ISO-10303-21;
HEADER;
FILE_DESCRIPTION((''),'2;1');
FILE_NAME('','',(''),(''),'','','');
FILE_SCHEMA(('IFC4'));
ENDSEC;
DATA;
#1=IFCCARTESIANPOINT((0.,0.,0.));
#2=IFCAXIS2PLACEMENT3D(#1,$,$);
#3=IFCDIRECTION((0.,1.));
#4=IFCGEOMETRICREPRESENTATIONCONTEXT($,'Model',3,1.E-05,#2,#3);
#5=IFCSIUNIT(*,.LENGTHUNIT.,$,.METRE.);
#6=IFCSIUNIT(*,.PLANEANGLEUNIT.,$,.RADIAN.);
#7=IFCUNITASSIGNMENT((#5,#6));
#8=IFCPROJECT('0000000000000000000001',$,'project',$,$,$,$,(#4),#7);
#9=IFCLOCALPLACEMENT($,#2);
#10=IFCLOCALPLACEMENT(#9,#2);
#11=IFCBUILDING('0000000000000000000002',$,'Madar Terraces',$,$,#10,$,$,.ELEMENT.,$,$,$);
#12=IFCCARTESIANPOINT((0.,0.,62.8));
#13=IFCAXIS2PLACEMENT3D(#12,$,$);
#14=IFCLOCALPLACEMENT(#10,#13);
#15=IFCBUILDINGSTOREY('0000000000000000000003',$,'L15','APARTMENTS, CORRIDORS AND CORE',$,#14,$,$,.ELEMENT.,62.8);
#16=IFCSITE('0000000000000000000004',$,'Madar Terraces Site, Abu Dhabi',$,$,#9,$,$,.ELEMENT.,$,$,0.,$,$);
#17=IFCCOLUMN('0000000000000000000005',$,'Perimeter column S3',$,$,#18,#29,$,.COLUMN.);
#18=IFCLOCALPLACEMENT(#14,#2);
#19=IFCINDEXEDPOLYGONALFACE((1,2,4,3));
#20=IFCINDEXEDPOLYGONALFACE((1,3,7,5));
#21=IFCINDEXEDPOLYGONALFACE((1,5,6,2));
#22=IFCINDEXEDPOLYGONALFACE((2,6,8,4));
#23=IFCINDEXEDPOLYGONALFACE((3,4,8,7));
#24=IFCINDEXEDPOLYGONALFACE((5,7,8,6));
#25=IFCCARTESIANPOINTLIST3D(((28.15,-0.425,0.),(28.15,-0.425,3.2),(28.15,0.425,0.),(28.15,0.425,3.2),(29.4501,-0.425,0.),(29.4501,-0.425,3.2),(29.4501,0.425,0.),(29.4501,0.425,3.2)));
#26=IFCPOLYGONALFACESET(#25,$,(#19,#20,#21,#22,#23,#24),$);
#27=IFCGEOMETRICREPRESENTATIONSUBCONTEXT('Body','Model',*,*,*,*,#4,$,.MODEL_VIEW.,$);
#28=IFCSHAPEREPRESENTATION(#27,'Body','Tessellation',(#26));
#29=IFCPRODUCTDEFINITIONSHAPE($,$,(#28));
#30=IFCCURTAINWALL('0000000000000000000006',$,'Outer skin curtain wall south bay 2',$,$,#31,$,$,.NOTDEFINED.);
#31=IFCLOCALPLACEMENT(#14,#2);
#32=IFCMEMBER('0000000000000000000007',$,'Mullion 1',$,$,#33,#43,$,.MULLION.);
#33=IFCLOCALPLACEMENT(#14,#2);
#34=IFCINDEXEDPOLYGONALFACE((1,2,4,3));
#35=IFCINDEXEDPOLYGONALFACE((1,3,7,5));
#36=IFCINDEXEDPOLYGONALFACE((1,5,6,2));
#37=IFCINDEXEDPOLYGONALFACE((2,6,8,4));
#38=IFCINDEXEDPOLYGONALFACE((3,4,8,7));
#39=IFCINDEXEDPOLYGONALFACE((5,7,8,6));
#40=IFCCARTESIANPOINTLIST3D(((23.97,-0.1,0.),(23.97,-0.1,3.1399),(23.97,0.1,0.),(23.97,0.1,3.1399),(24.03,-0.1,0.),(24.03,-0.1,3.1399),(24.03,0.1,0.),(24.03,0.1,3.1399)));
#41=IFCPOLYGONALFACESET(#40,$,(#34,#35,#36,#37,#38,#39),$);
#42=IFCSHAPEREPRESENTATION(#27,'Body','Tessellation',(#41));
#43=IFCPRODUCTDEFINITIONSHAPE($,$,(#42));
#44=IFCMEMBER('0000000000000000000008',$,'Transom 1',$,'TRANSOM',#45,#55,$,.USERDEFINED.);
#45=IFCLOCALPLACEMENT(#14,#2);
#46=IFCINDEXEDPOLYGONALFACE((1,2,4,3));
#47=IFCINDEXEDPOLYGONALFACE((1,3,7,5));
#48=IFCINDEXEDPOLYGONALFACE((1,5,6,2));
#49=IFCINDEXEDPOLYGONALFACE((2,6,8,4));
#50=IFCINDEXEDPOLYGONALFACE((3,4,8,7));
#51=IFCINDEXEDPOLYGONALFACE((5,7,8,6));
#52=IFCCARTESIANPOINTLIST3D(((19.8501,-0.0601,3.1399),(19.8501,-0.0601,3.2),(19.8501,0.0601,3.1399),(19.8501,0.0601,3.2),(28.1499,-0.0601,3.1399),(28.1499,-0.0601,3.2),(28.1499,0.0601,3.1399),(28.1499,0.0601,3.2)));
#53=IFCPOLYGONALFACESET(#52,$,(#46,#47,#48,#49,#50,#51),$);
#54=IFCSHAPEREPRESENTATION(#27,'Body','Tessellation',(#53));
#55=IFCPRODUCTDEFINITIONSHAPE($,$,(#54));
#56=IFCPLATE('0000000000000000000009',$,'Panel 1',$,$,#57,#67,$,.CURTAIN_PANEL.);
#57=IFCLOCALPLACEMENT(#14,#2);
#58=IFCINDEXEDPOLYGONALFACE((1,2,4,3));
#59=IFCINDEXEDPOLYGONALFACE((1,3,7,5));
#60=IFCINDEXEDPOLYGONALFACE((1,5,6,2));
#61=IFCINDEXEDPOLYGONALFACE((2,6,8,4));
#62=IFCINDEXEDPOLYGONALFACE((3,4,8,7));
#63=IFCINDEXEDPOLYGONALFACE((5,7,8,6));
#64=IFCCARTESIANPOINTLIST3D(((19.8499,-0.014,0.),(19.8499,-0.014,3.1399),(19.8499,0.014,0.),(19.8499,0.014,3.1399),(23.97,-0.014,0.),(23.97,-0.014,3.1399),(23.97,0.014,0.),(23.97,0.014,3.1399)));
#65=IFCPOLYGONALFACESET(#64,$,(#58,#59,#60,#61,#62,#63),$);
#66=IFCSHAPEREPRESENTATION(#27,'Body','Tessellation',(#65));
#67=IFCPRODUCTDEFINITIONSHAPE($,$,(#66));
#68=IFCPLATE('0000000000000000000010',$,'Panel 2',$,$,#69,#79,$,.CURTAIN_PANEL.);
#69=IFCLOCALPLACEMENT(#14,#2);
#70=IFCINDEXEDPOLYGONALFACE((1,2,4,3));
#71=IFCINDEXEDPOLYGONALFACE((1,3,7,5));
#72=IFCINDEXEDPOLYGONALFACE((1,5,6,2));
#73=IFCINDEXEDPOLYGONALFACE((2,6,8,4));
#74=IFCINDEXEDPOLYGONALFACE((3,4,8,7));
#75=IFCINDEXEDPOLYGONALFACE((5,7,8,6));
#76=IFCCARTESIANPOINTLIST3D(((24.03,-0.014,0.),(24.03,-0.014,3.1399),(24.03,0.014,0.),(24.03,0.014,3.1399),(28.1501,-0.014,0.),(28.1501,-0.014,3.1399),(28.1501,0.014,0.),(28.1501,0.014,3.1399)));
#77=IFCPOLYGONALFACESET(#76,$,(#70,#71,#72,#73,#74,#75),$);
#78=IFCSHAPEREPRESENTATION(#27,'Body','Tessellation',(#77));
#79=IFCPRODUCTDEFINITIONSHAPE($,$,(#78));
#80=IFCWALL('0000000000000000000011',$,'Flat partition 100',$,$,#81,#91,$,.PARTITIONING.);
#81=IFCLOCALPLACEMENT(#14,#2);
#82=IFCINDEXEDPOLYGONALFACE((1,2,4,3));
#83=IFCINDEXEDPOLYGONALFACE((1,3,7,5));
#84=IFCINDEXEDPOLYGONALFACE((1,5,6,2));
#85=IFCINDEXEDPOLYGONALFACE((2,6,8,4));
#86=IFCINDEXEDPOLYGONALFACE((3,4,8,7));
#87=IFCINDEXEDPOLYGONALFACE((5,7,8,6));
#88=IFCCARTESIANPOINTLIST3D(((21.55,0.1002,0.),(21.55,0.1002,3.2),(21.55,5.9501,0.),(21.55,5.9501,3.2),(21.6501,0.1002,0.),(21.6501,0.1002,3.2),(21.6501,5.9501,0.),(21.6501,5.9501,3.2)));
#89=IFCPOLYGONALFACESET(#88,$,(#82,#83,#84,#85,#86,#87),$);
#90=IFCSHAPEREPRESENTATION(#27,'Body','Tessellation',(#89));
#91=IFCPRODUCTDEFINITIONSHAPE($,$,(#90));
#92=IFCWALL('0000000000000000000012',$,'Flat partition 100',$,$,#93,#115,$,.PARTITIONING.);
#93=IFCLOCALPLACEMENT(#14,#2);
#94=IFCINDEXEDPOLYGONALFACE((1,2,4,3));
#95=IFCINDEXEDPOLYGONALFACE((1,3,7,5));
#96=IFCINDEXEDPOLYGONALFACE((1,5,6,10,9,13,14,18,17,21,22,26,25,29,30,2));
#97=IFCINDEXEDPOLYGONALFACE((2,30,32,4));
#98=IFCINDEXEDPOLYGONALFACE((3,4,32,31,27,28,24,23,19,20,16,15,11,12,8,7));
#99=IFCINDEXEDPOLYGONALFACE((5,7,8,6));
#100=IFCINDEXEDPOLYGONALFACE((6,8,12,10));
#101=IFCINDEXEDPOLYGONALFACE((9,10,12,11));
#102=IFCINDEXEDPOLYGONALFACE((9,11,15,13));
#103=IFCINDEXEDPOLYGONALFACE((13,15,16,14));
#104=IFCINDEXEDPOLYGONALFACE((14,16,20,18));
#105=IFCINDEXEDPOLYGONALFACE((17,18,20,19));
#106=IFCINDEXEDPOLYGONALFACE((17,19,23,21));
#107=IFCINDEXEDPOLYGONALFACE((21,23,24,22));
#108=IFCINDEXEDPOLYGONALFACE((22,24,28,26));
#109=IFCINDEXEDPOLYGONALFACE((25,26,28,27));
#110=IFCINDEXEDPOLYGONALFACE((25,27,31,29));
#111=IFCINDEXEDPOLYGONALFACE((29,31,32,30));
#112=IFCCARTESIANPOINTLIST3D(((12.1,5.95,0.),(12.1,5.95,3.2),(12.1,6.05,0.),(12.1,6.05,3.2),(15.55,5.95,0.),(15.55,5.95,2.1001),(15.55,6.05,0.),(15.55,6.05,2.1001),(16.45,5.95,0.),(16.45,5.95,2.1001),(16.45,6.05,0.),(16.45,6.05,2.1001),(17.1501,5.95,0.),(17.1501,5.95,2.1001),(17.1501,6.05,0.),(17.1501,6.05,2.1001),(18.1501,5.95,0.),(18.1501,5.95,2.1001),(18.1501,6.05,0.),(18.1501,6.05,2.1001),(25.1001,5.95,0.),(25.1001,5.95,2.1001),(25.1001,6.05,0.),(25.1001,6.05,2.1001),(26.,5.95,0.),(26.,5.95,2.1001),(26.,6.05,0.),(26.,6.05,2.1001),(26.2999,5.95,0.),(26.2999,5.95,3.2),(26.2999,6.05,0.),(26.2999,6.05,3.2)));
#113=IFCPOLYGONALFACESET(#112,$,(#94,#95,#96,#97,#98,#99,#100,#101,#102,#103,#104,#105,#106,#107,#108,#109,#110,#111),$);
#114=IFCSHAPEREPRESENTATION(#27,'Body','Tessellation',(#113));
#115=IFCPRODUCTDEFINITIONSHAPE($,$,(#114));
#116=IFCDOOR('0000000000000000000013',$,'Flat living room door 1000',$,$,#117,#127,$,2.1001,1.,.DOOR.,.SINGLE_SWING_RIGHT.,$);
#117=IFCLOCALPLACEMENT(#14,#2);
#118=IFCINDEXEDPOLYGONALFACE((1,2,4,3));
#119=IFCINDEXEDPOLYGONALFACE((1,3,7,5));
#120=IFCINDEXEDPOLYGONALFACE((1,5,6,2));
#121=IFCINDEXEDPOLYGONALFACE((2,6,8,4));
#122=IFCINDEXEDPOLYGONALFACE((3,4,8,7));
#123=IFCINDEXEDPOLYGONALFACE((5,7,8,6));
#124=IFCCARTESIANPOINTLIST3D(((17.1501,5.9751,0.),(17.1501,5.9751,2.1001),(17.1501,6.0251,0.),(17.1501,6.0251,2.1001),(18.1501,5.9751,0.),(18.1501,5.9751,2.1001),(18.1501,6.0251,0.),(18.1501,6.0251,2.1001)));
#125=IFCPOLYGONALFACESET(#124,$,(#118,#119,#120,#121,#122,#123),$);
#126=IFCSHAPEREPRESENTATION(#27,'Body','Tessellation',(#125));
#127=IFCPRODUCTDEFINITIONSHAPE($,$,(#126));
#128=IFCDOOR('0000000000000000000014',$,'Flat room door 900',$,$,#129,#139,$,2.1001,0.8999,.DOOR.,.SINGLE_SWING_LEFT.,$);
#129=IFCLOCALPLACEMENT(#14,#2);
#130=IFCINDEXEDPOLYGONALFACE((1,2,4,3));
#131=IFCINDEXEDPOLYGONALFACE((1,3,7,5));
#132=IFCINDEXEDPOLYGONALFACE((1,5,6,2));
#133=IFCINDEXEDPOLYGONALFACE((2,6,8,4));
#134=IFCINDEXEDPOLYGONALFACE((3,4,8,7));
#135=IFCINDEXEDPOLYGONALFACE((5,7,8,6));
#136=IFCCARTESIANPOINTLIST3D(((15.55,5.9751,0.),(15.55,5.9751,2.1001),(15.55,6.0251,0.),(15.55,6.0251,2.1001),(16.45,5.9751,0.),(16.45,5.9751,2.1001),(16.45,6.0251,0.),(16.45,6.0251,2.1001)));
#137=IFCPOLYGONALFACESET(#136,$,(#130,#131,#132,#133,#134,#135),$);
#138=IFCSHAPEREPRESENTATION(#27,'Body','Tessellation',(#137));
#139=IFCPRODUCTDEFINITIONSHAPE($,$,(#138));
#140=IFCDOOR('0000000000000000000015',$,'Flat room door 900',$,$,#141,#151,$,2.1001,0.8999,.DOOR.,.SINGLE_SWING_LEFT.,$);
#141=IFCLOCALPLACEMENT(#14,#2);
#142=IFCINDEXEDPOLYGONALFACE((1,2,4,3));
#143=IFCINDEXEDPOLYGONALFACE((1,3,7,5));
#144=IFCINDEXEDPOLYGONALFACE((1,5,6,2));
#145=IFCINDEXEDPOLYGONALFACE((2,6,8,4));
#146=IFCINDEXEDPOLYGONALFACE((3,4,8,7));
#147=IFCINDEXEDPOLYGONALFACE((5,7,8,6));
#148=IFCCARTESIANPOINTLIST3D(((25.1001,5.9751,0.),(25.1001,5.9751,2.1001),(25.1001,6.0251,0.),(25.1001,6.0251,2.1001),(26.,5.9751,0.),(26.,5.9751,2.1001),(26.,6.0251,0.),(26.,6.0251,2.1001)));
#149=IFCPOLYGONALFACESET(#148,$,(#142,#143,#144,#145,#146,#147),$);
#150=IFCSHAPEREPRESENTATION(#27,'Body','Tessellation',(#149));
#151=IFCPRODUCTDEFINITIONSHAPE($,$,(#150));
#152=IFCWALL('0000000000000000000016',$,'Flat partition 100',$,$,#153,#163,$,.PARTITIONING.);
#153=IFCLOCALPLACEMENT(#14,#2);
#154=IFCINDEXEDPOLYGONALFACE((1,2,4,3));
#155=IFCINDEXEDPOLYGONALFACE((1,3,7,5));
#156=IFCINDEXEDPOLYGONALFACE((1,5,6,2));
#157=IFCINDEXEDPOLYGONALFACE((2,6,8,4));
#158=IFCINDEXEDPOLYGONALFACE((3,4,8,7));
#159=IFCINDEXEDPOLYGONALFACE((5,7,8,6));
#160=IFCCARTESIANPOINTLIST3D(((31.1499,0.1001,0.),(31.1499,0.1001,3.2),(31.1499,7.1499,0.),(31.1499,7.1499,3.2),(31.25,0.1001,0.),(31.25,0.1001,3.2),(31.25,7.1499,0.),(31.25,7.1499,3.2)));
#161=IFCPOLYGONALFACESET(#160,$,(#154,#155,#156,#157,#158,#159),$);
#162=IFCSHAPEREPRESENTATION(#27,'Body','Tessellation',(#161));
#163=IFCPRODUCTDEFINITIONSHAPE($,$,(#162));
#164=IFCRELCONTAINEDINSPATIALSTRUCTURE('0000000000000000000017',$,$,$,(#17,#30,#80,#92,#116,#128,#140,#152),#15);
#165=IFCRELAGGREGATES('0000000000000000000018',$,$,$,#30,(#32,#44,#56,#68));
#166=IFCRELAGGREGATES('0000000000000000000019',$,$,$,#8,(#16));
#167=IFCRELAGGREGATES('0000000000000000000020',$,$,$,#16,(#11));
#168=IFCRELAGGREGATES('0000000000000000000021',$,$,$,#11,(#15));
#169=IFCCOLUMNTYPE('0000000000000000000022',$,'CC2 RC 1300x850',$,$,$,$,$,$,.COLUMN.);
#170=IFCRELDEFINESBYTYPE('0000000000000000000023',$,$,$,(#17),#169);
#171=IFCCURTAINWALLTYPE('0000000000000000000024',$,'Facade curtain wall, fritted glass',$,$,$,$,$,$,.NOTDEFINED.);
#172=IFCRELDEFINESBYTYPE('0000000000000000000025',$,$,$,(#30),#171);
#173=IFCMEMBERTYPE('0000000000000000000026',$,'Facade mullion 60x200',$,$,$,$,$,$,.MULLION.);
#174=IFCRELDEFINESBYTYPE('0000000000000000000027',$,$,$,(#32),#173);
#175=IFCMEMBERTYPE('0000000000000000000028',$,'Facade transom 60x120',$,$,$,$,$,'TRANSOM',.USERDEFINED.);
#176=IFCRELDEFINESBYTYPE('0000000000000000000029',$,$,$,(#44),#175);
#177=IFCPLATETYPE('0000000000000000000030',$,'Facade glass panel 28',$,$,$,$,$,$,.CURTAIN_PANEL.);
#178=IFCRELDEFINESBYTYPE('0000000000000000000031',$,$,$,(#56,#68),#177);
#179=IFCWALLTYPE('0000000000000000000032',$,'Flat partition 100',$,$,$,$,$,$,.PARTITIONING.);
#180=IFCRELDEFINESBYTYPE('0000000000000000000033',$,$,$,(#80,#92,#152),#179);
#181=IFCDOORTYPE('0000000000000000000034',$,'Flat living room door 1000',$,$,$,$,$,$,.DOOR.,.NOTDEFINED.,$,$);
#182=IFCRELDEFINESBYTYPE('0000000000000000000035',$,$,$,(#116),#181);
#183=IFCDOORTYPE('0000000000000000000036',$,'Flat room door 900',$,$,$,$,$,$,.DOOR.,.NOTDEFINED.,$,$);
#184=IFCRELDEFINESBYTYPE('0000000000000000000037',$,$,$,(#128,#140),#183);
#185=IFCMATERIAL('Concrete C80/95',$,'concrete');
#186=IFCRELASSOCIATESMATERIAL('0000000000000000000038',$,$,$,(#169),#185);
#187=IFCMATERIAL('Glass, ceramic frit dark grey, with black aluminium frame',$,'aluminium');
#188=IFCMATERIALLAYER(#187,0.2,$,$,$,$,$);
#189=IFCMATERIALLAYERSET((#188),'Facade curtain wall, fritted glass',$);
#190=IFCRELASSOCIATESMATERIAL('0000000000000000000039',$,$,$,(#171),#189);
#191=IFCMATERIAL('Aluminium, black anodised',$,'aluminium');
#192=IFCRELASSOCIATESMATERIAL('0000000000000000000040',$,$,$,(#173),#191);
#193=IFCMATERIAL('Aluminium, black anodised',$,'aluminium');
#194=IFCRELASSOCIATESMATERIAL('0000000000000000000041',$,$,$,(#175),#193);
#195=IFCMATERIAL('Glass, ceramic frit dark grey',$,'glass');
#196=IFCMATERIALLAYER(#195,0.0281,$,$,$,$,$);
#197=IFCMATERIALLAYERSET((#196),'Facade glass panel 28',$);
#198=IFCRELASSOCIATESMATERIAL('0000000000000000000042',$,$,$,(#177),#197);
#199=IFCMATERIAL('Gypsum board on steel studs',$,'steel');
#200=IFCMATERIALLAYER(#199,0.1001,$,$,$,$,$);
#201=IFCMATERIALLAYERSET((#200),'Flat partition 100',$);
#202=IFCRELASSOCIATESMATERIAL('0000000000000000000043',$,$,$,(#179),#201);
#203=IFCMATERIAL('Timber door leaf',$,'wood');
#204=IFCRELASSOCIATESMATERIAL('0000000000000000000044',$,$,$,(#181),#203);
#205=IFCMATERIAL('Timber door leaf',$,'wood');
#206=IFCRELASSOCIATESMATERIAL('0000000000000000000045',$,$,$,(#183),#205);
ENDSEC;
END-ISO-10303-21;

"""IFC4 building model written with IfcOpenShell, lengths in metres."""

from ifc_helpers import new_model, si_unit, direction, frame, frame_2d, origin, origin_2d, place, context, subcontext, project, spatial, rectangle, extrude, material, layer, layer_set, material_profile, profile_set, type_object, element, fill, aggregate, save


model = new_model("IFC4")

# Units and contexts
model_context = context("Model", 3, precision=1e-05, world=origin(), true_north=direction((0.0, 1.0)))
body_context = subcontext(model_context, "Body", "Model", "MODEL_VIEW")
ifc_project = project(units=[si_unit("LENGTHUNIT", "METRE"), si_unit("PLANEANGLEUNIT", "RADIAN")], contexts=[model_context])

# Site, building, storey
site_placement = place(None, origin())
site = spatial("IfcSite", under=ifc_project, at=site_placement, Name="Madar Terraces Site, Abu Dhabi", CompositionType="ELEMENT", RefElevation=0.0)
building_placement = place(site_placement, origin())
building = spatial("IfcBuilding", under=site, at=building_placement, Name="Madar Terraces", CompositionType="ELEMENT")
storey_placement = place(building_placement, frame((0.0, 0.0, 62.8)))
storey = spatial("IfcBuildingStorey", under=building, at=storey_placement, Name="L15", Description="APARTMENTS, CORRIDORS AND CORE", CompositionType="ELEMENT", Elevation=62.8)

# Column
ifc_material_1 = material(Name="Concrete C80/95", Category="concrete")
ifc_material_profile_1 = material_profile(ifc_material_1, rectangle(XDim=1.3, YDim=0.8501, at=origin_2d()), Name="CC2 RC 1300x850")
ifc_profile_set_1 = profile_set([ifc_material_profile_1], Name="Concrete C80/95")
column_type = type_object("IfcColumnType", Name="CC2 RC 1300x850", PredefinedType="COLUMN", material=ifc_profile_set_1)
column_placement = place(storey_placement, frame((28.8, 0.0, 0.0), z_axis=(0.0, 0.0, 1.0), x_axis=(1.0, 0.0, 0.0)))
element("IfcColumn", 1, at=column_placement, inside=storey, type_object=column_type, Name="Perimeter column S3", PredefinedType="COLUMN", context=body_context, shape_type="SweptSolid", body=[
    extrude(rectangle(XDim=1.3, YDim=0.8501, at=origin_2d()), origin(), (0.0, 0.0, 1.0), 3.2),
])

# Curtain wall, members, plates
ifc_material_2 = material(Name="Glass, ceramic frit dark grey, with black aluminium frame", Category="aluminium")
ifc_layer_1 = layer(ifc_material_2, 0.2)
ifc_layer_set_1 = layer_set([ifc_layer_1], Name="Facade curtain wall, fritted glass")
curtain_wall_type = type_object("IfcCurtainWallType", Name="Facade curtain wall, fritted glass", PredefinedType="NOTDEFINED", material=ifc_layer_set_1)
curtain_wall_placement = place(storey_placement, origin())
curtain_wall = element("IfcCurtainWall", 2, at=curtain_wall_placement, inside=storey, type_object=curtain_wall_type, Name="Outer skin curtain wall south bay 2", PredefinedType="NOTDEFINED")
ifc_material_3 = material(Name="Aluminium, black anodised", Category="aluminium")
ifc_material_profile_2 = material_profile(ifc_material_3, rectangle(XDim=0.2, YDim=0.0601, at=origin_2d()), Name="Facade mullion 60x200")
ifc_profile_set_2 = profile_set([ifc_material_profile_2], Name="Aluminium, black anodised")
member_type_1 = type_object("IfcMemberType", Name="Facade mullion 60x200", PredefinedType="MULLION", material=ifc_profile_set_2)
member_1_placement = place(storey_placement, frame((24.0, 0.0, 0.0), z_axis=(0.0, 0.0, 1.0), x_axis=(0.0, 1.0, 0.0)))
member_1 = element("IfcMember", 3, at=member_1_placement, type_object=member_type_1, Name="Mullion 1", PredefinedType="MULLION", context=body_context, shape_type="SweptSolid", body=[
    extrude(rectangle(XDim=0.2, YDim=0.0601, at=origin_2d()), origin(), (0.0, 0.0, 1.0), 3.1399),
])
ifc_material_4 = material(Name="Aluminium, black anodised", Category="aluminium")
ifc_material_profile_3 = material_profile(ifc_material_4, rectangle(XDim=0.1201, YDim=0.0601, at=origin_2d()), Name="Facade transom 60x120")
ifc_profile_set_3 = profile_set([ifc_material_profile_3], Name="Aluminium, black anodised")
member_type_2 = type_object("IfcMemberType", Name="Facade transom 60x120", ElementType="TRANSOM", PredefinedType="USERDEFINED", material=ifc_profile_set_3)
member_2_placement = place(storey_placement, frame((19.8501, 0.0, 3.1699), z_axis=(1.0, 0.0, 0.0), x_axis=(0.0, 1.0, 0.0)))
member_2 = element("IfcMember", 4, at=member_2_placement, type_object=member_type_2, Name="Transom 1", ObjectType="TRANSOM", PredefinedType="USERDEFINED", context=body_context, shape_type="SweptSolid", body=[
    extrude(rectangle(XDim=0.1201, YDim=0.0601, at=origin_2d()), origin(), (0.0, 0.0, 1.0), 8.2998),
])
ifc_material_5 = material(Name="Glass, ceramic frit dark grey", Category="glass")
ifc_layer_2 = layer(ifc_material_5, 0.0281)
ifc_layer_set_2 = layer_set([ifc_layer_2], Name="Facade glass panel 28")
plate_type = type_object("IfcPlateType", Name="Facade glass panel 28", PredefinedType="CURTAIN_PANEL", material=ifc_layer_set_2)
plate_1_placement = place(storey_placement, frame((21.9099, 0.0, 0.0), z_axis=(0.0, 0.0, 1.0), x_axis=(1.0, 0.0, 0.0)))
plate_1 = element("IfcPlate", 5, at=plate_1_placement, type_object=plate_type, Name="Panel 1", PredefinedType="CURTAIN_PANEL", context=body_context, shape_type="SweptSolid", body=[
    extrude(rectangle(XDim=4.1201, YDim=0.0281, at=origin_2d()), origin(), (0.0, 0.0, 1.0), 3.1399),
])
plate_2_placement = place(storey_placement, frame((26.0901, 0.0, 0.0), z_axis=(0.0, 0.0, 1.0), x_axis=(1.0, 0.0, 0.0)))
plate_2 = element("IfcPlate", 6, at=plate_2_placement, type_object=plate_type, Name="Panel 2", PredefinedType="CURTAIN_PANEL", context=body_context, shape_type="SweptSolid", body=[
    extrude(rectangle(XDim=4.1201, YDim=0.0281, at=origin_2d()), origin(), (0.0, 0.0, 1.0), 3.1399),
])
aggregate(curtain_wall, [member_1, member_2, plate_1, plate_2])

# Wall
ifc_material_6 = material(Name="Gypsum board on steel studs", Category="steel")
ifc_layer_3 = layer(ifc_material_6, 0.1001)
ifc_layer_set_3 = layer_set([ifc_layer_3], Name="Flat partition 100")
wall_type_1 = type_object("IfcWallType", Name="Flat partition 100", PredefinedType="PARTITIONING", material=ifc_layer_set_3)
wall_1_placement = place(storey_placement, frame((21.6001, 5.95, 0.0), z_axis=(0.0, 0.0, 1.0), x_axis=(0.0, -1.0, 0.0)))
element("IfcWall", 7, at=wall_1_placement, inside=storey, type_object=wall_type_1, Name="Flat partition 100", PredefinedType="PARTITIONING", context=body_context, shape_type="SweptSolid", body=[
    extrude(rectangle(XDim=5.8499, YDim=0.1001, at=frame_2d((2.9248, 0.0))), origin(), (0.0, 0.0, 1.0), 3.2),
])

# Wall, openings, doors
wall_2_placement = place(storey_placement, frame((26.3, 6.0, 0.0), z_axis=(0.0, 0.0, 1.0), x_axis=(-1.0, 0.0, 0.0)))
wall_2 = element("IfcWall", 8, at=wall_2_placement, inside=storey, type_object=wall_type_1, Name="Flat partition 100", PredefinedType="PARTITIONING", context=body_context, shape_type="SweptSolid", body=[
    extrude(rectangle(XDim=14.2, YDim=0.1001, at=frame_2d((7.1001, 0.0))), origin(), (0.0, 0.0, 1.0), 3.2),
])
opening_1_placement = place(wall_2_placement, frame((9.8501, 0.0, 0.0)))
opening_1 = element("IfcOpeningElement", 9, at=opening_1_placement, cuts=wall_2, PredefinedType="OPENING", context=body_context, shape_type="SweptSolid", body=[
    extrude(rectangle(XDim=0.8999, YDim=2.1001, at=frame_2d((0.45, 1.05))), frame((0.0, 0.0601, 0.0), z_axis=(0.0, -1.0, 0.0), x_axis=(1.0, 0.0, 0.0)), (0.0, 0.0, 1.0), 0.1201),
])
opening_2_placement = place(wall_2_placement, frame((8.1499, 0.0, 0.0)))
opening_2 = element("IfcOpeningElement", 10, at=opening_2_placement, cuts=wall_2, PredefinedType="OPENING", context=body_context, shape_type="SweptSolid", body=[
    extrude(rectangle(XDim=1.0, YDim=2.1001, at=frame_2d((0.5, 1.05))), frame((0.0, 0.0601, 0.0), z_axis=(0.0, -1.0, 0.0), x_axis=(1.0, 0.0, 0.0)), (0.0, 0.0, 1.0), 0.1201),
])
opening_3_placement = place(wall_2_placement, frame((0.3, 0.0, 0.0)))
opening_3 = element("IfcOpeningElement", 11, at=opening_3_placement, cuts=wall_2, PredefinedType="OPENING", context=body_context, shape_type="SweptSolid", body=[
    extrude(rectangle(XDim=0.8999, YDim=2.1001, at=frame_2d((0.45, 1.05))), frame((0.0, 0.0601, 0.0), z_axis=(0.0, -1.0, 0.0), x_axis=(1.0, 0.0, 0.0)), (0.0, 0.0, 1.0), 0.1201),
])
ifc_material_7 = material(Name="Timber door leaf", Category="wood")
door_type_1 = type_object("IfcDoorType", Name="Flat living room door 1000", OperationType="NOTDEFINED", PredefinedType="DOOR", material=ifc_material_7)
door_1_placement = place(opening_2_placement, origin())
door_1 = element("IfcDoor", 12, at=door_1_placement, inside=storey, type_object=door_type_1, Name="Flat living room door 1000", OperationType="SINGLE_SWING_RIGHT", OverallHeight=2.1001, OverallWidth=1.0, PredefinedType="DOOR", context=body_context, shape_type="SweptSolid", body=[
    extrude(rectangle(XDim=1.0, YDim=2.1001, at=frame_2d((0.5, 1.05))), frame((0.0, 0.0249, 0.0), z_axis=(0.0, -1.0, 0.0), x_axis=(1.0, 0.0, 0.0)), (0.0, 0.0, 1.0), 0.05),
])
fill(opening_2, door_1)
ifc_material_8 = material(Name="Timber door leaf", Category="wood")
door_type_2 = type_object("IfcDoorType", Name="Flat room door 900", OperationType="NOTDEFINED", PredefinedType="DOOR", material=ifc_material_8)
door_2_placement = place(opening_1_placement, origin())
door_2 = element("IfcDoor", 13, at=door_2_placement, inside=storey, type_object=door_type_2, Name="Flat room door 900", OperationType="SINGLE_SWING_LEFT", OverallHeight=2.1001, OverallWidth=0.8999, PredefinedType="DOOR", context=body_context, shape_type="SweptSolid", body=[
    extrude(rectangle(XDim=0.8999, YDim=2.1001, at=frame_2d((0.45, 1.05))), frame((0.0, 0.0249, 0.0), z_axis=(0.0, -1.0, 0.0), x_axis=(1.0, 0.0, 0.0)), (0.0, 0.0, 1.0), 0.05),
])
fill(opening_1, door_2)
door_3_placement = place(opening_3_placement, origin())
door_3 = element("IfcDoor", 14, at=door_3_placement, inside=storey, type_object=door_type_2, Name="Flat room door 900", OperationType="SINGLE_SWING_LEFT", OverallHeight=2.1001, OverallWidth=0.8999, PredefinedType="DOOR", context=body_context, shape_type="SweptSolid", body=[
    extrude(rectangle(XDim=0.8999, YDim=2.1001, at=frame_2d((0.45, 1.05))), frame((0.0, 0.0249, 0.0), z_axis=(0.0, -1.0, 0.0), x_axis=(1.0, 0.0, 0.0)), (0.0, 0.0, 1.0), 0.05),
])
fill(opening_3, door_3)

# Wall
wall_3_placement = place(storey_placement, frame((31.2, 7.1499, 0.0), z_axis=(0.0, 0.0, 1.0), x_axis=(0.0, -1.0, 0.0)))
element("IfcWall", 15, at=wall_3_placement, inside=storey, type_object=wall_type_1, Name="Flat partition 100", PredefinedType="PARTITIONING", context=body_context, shape_type="SweptSolid", body=[
    extrude(rectangle(XDim=7.0498, YDim=0.1001, at=frame_2d((3.5249, 0.0))), origin(), (0.0, 0.0, 1.0), 3.2),
])

save(model, "model.ifc")
